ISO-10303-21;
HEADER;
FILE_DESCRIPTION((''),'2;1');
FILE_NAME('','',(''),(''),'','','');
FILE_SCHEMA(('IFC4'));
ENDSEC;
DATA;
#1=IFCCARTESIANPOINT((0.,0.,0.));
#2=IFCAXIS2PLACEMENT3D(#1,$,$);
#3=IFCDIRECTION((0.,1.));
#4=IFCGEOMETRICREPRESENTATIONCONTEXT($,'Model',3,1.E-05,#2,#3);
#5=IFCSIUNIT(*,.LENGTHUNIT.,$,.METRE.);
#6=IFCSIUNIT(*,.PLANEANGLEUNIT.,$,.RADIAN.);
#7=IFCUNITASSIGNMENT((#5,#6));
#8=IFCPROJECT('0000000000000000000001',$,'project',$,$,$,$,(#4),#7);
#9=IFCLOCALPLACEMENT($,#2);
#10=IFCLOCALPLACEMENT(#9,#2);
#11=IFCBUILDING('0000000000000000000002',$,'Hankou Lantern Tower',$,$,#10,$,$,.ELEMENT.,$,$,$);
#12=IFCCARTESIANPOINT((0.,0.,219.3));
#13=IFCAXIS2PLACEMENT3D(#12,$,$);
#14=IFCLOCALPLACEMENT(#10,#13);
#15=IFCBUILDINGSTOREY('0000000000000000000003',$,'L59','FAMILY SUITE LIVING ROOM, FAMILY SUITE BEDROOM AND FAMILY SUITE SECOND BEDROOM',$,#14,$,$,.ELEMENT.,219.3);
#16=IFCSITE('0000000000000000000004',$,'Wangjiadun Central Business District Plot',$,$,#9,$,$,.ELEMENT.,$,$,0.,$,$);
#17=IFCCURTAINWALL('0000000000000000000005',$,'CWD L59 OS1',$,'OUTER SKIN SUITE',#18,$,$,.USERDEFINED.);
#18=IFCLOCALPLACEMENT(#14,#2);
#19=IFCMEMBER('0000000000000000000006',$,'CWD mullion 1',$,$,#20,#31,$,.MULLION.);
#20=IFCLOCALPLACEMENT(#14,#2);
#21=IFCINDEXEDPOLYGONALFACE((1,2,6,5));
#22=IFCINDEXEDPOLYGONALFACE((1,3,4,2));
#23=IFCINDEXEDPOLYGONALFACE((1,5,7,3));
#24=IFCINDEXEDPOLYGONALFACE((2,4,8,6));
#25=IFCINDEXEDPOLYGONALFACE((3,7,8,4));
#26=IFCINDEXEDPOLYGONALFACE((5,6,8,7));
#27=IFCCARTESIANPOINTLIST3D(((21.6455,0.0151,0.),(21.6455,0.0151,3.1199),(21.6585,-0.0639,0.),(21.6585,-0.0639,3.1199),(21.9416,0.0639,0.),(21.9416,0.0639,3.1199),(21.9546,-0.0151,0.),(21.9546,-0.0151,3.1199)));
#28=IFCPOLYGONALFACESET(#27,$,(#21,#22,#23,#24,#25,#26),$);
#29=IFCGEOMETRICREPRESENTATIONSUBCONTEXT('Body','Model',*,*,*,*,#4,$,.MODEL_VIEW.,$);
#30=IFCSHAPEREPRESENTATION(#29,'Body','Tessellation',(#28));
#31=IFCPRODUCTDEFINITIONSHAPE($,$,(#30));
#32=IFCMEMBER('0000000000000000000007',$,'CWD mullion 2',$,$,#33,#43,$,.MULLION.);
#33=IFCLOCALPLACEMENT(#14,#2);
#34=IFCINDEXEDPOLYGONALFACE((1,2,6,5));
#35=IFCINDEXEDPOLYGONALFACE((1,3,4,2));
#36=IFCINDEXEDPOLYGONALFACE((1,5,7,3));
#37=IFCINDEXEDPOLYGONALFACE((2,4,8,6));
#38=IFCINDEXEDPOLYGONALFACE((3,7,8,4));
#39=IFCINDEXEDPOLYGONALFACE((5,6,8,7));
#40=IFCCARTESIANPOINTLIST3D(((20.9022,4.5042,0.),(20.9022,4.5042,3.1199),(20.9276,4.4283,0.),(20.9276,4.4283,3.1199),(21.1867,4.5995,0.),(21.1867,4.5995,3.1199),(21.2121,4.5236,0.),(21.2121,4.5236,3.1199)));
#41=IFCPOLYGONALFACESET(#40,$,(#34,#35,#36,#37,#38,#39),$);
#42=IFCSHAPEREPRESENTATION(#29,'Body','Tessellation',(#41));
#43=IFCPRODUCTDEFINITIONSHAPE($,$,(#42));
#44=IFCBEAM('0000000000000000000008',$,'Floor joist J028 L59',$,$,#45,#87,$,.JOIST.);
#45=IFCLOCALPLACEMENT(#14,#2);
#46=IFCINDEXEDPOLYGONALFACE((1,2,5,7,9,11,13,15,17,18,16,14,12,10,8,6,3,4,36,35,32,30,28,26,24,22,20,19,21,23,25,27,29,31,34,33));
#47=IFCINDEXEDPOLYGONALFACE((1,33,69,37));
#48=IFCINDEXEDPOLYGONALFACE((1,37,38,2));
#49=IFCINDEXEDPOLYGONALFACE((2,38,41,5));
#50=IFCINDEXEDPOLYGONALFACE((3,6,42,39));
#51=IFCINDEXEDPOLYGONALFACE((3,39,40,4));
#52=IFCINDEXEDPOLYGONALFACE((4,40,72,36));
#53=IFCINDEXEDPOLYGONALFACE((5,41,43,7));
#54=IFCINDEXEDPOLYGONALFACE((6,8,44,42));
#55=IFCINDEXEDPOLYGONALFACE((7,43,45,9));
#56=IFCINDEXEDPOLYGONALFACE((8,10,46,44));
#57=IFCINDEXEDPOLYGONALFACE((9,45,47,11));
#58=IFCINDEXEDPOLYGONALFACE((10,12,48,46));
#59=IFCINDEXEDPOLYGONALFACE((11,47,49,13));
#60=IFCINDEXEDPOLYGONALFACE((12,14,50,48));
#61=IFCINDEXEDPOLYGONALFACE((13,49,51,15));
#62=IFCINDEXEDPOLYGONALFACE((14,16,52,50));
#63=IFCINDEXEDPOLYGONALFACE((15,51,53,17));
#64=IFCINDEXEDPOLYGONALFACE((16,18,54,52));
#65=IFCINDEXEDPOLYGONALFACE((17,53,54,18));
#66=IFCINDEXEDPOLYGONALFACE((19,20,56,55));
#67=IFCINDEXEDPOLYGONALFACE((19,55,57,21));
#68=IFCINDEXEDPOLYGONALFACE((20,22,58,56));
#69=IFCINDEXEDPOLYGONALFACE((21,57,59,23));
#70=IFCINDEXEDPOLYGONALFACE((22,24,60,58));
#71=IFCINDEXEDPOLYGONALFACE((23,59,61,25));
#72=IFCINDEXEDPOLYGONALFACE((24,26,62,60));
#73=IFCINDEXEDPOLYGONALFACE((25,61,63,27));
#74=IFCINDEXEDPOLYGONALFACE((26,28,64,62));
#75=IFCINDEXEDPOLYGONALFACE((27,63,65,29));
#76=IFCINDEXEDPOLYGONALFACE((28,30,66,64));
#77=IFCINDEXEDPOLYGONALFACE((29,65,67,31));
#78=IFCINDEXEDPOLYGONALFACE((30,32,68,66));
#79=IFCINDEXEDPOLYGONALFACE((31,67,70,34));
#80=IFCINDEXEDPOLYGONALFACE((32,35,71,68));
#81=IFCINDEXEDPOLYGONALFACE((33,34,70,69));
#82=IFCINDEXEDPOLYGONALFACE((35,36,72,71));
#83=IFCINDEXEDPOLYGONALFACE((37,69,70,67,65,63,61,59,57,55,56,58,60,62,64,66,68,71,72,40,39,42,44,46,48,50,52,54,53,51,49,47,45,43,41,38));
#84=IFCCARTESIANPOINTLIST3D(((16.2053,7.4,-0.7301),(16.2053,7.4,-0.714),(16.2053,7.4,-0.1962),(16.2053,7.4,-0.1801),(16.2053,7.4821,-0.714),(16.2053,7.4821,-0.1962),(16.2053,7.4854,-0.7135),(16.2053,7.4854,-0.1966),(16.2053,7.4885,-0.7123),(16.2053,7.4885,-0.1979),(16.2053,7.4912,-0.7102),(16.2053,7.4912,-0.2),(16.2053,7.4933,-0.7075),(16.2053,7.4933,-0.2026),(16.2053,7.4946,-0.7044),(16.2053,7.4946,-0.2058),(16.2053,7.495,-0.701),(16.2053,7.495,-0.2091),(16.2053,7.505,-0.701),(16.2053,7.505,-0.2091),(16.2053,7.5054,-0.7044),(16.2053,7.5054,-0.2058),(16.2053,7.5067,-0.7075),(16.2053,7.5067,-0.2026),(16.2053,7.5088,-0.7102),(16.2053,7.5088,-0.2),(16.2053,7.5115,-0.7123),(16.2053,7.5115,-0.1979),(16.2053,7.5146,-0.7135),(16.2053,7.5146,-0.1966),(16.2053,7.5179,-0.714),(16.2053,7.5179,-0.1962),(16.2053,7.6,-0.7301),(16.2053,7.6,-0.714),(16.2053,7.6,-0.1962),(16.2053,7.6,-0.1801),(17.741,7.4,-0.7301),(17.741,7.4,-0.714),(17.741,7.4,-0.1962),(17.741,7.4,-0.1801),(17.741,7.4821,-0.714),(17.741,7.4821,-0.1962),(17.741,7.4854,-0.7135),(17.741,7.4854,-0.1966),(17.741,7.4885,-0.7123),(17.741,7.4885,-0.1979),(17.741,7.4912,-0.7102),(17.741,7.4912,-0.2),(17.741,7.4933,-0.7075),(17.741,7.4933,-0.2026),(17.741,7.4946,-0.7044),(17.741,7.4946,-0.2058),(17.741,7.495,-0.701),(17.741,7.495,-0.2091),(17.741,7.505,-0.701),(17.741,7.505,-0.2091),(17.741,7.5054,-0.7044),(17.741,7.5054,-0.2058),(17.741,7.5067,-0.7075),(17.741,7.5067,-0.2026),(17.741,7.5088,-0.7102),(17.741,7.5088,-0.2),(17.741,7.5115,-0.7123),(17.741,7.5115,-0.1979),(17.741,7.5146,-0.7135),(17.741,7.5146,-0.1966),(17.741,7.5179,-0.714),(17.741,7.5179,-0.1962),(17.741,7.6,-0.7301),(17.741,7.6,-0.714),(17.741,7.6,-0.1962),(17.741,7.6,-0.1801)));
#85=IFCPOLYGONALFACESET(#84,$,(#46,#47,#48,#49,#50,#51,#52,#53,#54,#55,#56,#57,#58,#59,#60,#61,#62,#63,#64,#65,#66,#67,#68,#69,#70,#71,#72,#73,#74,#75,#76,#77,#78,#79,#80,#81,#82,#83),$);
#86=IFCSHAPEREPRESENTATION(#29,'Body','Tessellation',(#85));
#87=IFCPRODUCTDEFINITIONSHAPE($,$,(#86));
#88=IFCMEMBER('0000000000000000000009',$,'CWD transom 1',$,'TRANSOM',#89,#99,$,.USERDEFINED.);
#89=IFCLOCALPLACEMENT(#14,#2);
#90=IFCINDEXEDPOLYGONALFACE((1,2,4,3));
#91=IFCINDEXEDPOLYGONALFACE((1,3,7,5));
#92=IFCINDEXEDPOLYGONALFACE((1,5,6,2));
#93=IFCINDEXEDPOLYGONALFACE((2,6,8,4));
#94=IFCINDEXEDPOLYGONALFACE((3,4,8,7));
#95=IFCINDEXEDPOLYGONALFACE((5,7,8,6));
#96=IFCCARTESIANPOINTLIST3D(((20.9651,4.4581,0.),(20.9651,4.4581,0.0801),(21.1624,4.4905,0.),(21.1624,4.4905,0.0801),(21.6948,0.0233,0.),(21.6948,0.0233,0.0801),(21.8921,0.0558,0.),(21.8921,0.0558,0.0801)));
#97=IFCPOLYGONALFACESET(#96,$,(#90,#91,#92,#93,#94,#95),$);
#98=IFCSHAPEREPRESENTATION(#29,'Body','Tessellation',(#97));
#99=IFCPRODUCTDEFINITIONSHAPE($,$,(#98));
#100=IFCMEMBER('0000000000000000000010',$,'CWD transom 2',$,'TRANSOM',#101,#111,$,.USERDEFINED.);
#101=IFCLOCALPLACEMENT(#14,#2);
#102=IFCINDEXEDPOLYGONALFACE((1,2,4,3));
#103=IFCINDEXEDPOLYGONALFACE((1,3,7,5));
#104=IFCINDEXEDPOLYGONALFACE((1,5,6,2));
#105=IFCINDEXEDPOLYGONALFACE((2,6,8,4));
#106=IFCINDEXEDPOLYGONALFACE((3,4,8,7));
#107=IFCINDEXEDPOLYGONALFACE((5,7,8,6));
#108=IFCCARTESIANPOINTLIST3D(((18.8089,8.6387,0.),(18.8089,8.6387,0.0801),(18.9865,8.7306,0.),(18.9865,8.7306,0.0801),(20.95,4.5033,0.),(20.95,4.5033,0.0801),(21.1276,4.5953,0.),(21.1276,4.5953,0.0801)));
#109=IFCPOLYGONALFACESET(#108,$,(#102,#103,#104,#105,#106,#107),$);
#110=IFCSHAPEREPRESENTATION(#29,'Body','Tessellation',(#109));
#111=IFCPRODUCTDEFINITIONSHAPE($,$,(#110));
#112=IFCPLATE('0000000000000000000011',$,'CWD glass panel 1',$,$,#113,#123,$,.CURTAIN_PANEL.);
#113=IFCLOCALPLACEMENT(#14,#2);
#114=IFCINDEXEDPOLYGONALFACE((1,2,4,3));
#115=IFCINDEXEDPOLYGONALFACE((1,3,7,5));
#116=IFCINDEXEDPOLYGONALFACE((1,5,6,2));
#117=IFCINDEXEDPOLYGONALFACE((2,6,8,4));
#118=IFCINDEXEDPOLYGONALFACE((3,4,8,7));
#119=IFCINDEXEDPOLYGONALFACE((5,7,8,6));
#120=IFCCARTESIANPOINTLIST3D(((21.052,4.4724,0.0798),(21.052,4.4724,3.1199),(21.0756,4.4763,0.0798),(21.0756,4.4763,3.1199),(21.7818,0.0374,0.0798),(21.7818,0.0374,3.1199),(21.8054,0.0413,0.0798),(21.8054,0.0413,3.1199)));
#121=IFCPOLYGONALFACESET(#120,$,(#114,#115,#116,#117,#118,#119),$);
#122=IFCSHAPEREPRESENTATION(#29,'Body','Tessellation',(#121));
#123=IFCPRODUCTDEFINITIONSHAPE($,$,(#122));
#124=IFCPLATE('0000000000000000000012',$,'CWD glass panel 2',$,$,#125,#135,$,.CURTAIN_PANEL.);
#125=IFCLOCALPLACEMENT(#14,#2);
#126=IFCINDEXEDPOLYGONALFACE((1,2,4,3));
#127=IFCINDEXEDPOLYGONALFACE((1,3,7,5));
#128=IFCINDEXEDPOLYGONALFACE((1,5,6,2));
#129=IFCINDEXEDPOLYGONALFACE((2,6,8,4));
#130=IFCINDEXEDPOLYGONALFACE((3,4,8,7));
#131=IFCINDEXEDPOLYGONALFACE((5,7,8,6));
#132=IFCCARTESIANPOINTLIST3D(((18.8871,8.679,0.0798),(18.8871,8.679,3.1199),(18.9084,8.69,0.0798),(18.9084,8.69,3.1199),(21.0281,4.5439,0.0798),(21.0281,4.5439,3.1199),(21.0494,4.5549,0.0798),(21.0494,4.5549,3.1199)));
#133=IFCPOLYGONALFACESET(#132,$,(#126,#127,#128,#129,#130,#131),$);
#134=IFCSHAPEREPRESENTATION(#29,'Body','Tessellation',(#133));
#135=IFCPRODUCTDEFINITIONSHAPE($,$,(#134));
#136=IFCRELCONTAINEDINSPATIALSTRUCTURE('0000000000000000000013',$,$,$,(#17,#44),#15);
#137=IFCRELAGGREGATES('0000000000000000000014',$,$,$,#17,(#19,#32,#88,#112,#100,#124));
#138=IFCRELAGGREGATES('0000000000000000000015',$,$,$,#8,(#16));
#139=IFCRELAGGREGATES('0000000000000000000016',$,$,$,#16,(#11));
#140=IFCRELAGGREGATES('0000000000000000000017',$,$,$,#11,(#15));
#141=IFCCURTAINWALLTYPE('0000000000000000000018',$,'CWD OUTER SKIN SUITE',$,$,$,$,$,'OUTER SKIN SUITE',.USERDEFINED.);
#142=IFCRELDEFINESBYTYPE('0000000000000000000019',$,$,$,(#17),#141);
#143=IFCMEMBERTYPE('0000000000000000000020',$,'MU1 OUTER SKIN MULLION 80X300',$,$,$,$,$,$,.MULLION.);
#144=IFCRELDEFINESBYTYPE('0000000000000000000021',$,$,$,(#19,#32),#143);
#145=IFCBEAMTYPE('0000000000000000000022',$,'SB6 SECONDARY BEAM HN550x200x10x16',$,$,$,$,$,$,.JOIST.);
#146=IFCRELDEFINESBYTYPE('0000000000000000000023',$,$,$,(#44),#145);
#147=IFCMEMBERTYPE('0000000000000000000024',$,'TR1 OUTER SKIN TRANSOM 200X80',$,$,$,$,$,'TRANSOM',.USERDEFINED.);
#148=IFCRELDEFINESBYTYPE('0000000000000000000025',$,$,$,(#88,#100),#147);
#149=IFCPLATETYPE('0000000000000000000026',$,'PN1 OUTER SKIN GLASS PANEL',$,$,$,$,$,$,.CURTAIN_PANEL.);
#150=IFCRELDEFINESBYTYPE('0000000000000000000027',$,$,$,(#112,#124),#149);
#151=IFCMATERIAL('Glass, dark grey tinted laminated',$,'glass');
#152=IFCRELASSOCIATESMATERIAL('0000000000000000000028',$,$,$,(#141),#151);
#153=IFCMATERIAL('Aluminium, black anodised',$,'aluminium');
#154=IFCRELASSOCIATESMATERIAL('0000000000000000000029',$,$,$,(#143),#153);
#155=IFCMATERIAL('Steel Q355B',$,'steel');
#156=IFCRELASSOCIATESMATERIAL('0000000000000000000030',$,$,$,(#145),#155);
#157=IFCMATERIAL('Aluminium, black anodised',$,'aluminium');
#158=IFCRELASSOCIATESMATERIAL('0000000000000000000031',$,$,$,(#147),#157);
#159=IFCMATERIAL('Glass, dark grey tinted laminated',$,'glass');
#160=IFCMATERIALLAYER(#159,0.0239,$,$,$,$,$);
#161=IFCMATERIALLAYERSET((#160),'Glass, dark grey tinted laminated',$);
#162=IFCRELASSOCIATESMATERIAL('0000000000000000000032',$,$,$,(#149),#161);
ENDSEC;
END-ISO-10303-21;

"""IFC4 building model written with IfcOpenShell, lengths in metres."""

from ifc_helpers import new_model, si_unit, direction, frame, origin, origin_2d, place, context, subcontext, project, spatial, rectangle, i_section, extrude, material, layer, layer_set, material_profile, profile_set, type_object, element, aggregate, save


model = new_model("IFC4")

# Units and contexts
model_context = context("Model", 3, precision=1e-05, world=origin(), true_north=direction((0.0, 1.0)))
body_context = subcontext(model_context, "Body", "Model", "MODEL_VIEW")
ifc_project = project(units=[si_unit("LENGTHUNIT", "METRE"), si_unit("PLANEANGLEUNIT", "RADIAN")], contexts=[model_context])

# Site, building, storey
site_placement = place(None, origin())
site = spatial("IfcSite", under=ifc_project, at=site_placement, Name="Wangjiadun Central Business District Plot", CompositionType="ELEMENT", RefElevation=0.0)
building_placement = place(site_placement, origin())
building = spatial("IfcBuilding", under=site, at=building_placement, Name="Hankou Lantern Tower", CompositionType="ELEMENT")
storey_placement = place(building_placement, frame((0.0, 0.0, 219.3)))
storey = spatial("IfcBuildingStorey", under=building, at=storey_placement, Name="L59", Description="FAMILY SUITE LIVING ROOM, FAMILY SUITE BEDROOM AND FAMILY SUITE SECOND BEDROOM", CompositionType="ELEMENT", Elevation=219.3)

# Curtain wall, members
ifc_material_1 = material(Name="Glass, dark grey tinted laminated", Category="glass")
curtain_wall_type = type_object("IfcCurtainWallType", Name="CWD OUTER SKIN SUITE", ElementType="OUTER SKIN SUITE", PredefinedType="USERDEFINED", material=ifc_material_1)
curtain_wall_placement = place(storey_placement, origin())
curtain_wall = element("IfcCurtainWall", 1, at=curtain_wall_placement, inside=storey, type_object=curtain_wall_type, Name="CWD L59 OS1", ObjectType="OUTER SKIN SUITE", PredefinedType="USERDEFINED")
ifc_material_2 = material(Name="Aluminium, black anodised", Category="aluminium")
ifc_material_profile_1 = material_profile(ifc_material_2, rectangle(XDim=0.0801, YDim=0.3, at=origin_2d()), Name="MU1 80X300")
ifc_profile_set_1 = profile_set([ifc_material_profile_1], Name="Aluminium, black anodised")
member_type_1 = type_object("IfcMemberType", Name="MU1 OUTER SKIN MULLION 80X300", PredefinedType="MULLION", material=ifc_profile_set_1)
member_1_placement = place(storey_placement, frame((21.8, 0.0, 0.0), z_axis=(0.0, 0.0, 1.0), x_axis=(-0.162382, 0.986728, 0.0)))
member_1 = element("IfcMember", 2, at=member_1_placement, type_object=member_type_1, Name="CWD mullion 1", PredefinedType="MULLION", context=body_context, shape_type="SweptSolid", body=[
    extrude(rectangle(XDim=0.0801, YDim=0.3, at=origin_2d()), origin(), (0.0, 0.0, 1.0), 3.1199),
])
member_2_placement = place(storey_placement, frame((21.0571, 4.5139, 0.0), z_axis=(0.0, 0.0, 1.0), x_axis=(-0.317596, 0.948226, 0.0)))
member_2 = element("IfcMember", 3, at=member_2_placement, type_object=member_type_1, Name="CWD mullion 2", PredefinedType="MULLION", context=body_context, shape_type="SweptSolid", body=[
    extrude(rectangle(XDim=0.0801, YDim=0.3, at=origin_2d()), origin(), (0.0, 0.0, 1.0), 3.1199),
])

# Beam
ifc_material_3 = material(Name="Steel Q355B", Category="steel")
ifc_material_profile_2 = material_profile(ifc_material_3, i_section(OverallWidth=0.2, OverallDepth=0.55, WebThickness=0.01, FlangeThickness=0.0161, FilletRadius=0.0129, at=origin_2d()), Name="HN550x200x10x16")
ifc_profile_set_2 = profile_set([ifc_material_profile_2], Name="Steel Q355B")
beam_type_1 = type_object("IfcBeamType", Name="SB6 SECONDARY BEAM HN550x200x10x16", PredefinedType="JOIST", material=ifc_profile_set_2)
beam_1_placement = place(storey_placement, frame((16.2053, 7.5, -0.4551), z_axis=(1.0, 0.0, 0.0), x_axis=(0.0, 1.0, 0.0)))
element("IfcBeam", 4, at=beam_1_placement, inside=storey, type_object=beam_type_1, Name="Floor joist J028 L59", PredefinedType="JOIST", context=body_context, shape_type="SweptSolid", body=[
    extrude(i_section(OverallWidth=0.2, OverallDepth=0.55, WebThickness=0.01, FlangeThickness=0.0161, FilletRadius=0.0129, at=origin_2d()), origin(), (0.0, 0.0, 1.0), 1.5356),
])

# Members
ifc_material_4 = material(Name="Aluminium, black anodised", Category="aluminium")
ifc_material_profile_3 = material_profile(ifc_material_4, rectangle(XDim=0.2, YDim=0.0801, at=origin_2d()), Name="TR1 200X80")
ifc_profile_set_3 = profile_set([ifc_material_profile_3], Name="Aluminium, black anodised")
member_type_2 = type_object("IfcMemberType", Name="TR1 OUTER SKIN TRANSOM 200X80", ElementType="TRANSOM", PredefinedType="USERDEFINED", material=ifc_profile_set_3)
member_3_placement = place(storey_placement, frame((21.7935, 0.0396, 0.04), z_axis=(-0.162364, 0.986731, 0.0), x_axis=(-0.986731, -0.162364, 0.0)))
member_3 = element("IfcMember", 5, at=member_3_placement, type_object=member_type_2, Name="CWD transom 1", ObjectType="TRANSOM", PredefinedType="USERDEFINED", context=body_context, shape_type="SweptSolid", body=[
    extrude(rectangle(XDim=0.2, YDim=0.0801, at=origin_2d()), origin(), (0.0, 0.0, 1.0), 4.4944),
])
member_4_placement = place(storey_placement, frame((21.0388, 4.5493, 0.04), z_axis=(-0.459794, 0.888026, 0.0), x_axis=(-0.888026, -0.459794, 0.0)))
member_4 = element("IfcMember", 6, at=member_4_placement, type_object=member_type_2, Name="CWD transom 2", ObjectType="TRANSOM", PredefinedType="USERDEFINED", context=body_context, shape_type="SweptSolid", body=[
    extrude(rectangle(XDim=0.2, YDim=0.0801, at=origin_2d()), origin(), (0.0, 0.0, 1.0), 4.6567),
])

# Plates
ifc_material_5 = material(Name="Glass, dark grey tinted laminated", Category="glass")
ifc_layer_1 = layer(ifc_material_5, 0.0239)
ifc_layer_set_1 = layer_set([ifc_layer_1], Name="Glass, dark grey tinted laminated")
plate_type = type_object("IfcPlateType", Name="PN1 OUTER SKIN GLASS PANEL", PredefinedType="CURTAIN_PANEL", material=ifc_layer_set_1)
plate_1_placement = place(storey_placement, frame((21.4287, 2.2568, 0.0798), z_axis=(0.0, 0.0, 1.0), x_axis=(-0.162382, 0.986728, 0.0)))
plate_1 = element("IfcPlate", 7, at=plate_1_placement, type_object=plate_type, Name="CWD glass panel 1", PredefinedType="CURTAIN_PANEL", context=body_context, shape_type="SweptSolid", body=[
    extrude(rectangle(XDim=4.4946, YDim=0.0239, at=origin_2d()), origin(), (0.0, 0.0, 1.0), 3.04),
])
plate_2_placement = place(storey_placement, frame((19.9683, 6.6169, 0.0798), z_axis=(0.0, 0.0, 1.0), x_axis=(-0.459791, 0.888027, 0.0)))
plate_2 = element("IfcPlate", 8, at=plate_2_placement, type_object=plate_type, Name="CWD glass panel 2", PredefinedType="CURTAIN_PANEL", context=body_context, shape_type="SweptSolid", body=[
    extrude(rectangle(XDim=4.6565, YDim=0.0239, at=origin_2d()), origin(), (0.0, 0.0, 1.0), 3.04),
])
aggregate(curtain_wall, [member_1, member_2, member_3, plate_1, member_4, plate_2])

save(model, "model.ifc")
